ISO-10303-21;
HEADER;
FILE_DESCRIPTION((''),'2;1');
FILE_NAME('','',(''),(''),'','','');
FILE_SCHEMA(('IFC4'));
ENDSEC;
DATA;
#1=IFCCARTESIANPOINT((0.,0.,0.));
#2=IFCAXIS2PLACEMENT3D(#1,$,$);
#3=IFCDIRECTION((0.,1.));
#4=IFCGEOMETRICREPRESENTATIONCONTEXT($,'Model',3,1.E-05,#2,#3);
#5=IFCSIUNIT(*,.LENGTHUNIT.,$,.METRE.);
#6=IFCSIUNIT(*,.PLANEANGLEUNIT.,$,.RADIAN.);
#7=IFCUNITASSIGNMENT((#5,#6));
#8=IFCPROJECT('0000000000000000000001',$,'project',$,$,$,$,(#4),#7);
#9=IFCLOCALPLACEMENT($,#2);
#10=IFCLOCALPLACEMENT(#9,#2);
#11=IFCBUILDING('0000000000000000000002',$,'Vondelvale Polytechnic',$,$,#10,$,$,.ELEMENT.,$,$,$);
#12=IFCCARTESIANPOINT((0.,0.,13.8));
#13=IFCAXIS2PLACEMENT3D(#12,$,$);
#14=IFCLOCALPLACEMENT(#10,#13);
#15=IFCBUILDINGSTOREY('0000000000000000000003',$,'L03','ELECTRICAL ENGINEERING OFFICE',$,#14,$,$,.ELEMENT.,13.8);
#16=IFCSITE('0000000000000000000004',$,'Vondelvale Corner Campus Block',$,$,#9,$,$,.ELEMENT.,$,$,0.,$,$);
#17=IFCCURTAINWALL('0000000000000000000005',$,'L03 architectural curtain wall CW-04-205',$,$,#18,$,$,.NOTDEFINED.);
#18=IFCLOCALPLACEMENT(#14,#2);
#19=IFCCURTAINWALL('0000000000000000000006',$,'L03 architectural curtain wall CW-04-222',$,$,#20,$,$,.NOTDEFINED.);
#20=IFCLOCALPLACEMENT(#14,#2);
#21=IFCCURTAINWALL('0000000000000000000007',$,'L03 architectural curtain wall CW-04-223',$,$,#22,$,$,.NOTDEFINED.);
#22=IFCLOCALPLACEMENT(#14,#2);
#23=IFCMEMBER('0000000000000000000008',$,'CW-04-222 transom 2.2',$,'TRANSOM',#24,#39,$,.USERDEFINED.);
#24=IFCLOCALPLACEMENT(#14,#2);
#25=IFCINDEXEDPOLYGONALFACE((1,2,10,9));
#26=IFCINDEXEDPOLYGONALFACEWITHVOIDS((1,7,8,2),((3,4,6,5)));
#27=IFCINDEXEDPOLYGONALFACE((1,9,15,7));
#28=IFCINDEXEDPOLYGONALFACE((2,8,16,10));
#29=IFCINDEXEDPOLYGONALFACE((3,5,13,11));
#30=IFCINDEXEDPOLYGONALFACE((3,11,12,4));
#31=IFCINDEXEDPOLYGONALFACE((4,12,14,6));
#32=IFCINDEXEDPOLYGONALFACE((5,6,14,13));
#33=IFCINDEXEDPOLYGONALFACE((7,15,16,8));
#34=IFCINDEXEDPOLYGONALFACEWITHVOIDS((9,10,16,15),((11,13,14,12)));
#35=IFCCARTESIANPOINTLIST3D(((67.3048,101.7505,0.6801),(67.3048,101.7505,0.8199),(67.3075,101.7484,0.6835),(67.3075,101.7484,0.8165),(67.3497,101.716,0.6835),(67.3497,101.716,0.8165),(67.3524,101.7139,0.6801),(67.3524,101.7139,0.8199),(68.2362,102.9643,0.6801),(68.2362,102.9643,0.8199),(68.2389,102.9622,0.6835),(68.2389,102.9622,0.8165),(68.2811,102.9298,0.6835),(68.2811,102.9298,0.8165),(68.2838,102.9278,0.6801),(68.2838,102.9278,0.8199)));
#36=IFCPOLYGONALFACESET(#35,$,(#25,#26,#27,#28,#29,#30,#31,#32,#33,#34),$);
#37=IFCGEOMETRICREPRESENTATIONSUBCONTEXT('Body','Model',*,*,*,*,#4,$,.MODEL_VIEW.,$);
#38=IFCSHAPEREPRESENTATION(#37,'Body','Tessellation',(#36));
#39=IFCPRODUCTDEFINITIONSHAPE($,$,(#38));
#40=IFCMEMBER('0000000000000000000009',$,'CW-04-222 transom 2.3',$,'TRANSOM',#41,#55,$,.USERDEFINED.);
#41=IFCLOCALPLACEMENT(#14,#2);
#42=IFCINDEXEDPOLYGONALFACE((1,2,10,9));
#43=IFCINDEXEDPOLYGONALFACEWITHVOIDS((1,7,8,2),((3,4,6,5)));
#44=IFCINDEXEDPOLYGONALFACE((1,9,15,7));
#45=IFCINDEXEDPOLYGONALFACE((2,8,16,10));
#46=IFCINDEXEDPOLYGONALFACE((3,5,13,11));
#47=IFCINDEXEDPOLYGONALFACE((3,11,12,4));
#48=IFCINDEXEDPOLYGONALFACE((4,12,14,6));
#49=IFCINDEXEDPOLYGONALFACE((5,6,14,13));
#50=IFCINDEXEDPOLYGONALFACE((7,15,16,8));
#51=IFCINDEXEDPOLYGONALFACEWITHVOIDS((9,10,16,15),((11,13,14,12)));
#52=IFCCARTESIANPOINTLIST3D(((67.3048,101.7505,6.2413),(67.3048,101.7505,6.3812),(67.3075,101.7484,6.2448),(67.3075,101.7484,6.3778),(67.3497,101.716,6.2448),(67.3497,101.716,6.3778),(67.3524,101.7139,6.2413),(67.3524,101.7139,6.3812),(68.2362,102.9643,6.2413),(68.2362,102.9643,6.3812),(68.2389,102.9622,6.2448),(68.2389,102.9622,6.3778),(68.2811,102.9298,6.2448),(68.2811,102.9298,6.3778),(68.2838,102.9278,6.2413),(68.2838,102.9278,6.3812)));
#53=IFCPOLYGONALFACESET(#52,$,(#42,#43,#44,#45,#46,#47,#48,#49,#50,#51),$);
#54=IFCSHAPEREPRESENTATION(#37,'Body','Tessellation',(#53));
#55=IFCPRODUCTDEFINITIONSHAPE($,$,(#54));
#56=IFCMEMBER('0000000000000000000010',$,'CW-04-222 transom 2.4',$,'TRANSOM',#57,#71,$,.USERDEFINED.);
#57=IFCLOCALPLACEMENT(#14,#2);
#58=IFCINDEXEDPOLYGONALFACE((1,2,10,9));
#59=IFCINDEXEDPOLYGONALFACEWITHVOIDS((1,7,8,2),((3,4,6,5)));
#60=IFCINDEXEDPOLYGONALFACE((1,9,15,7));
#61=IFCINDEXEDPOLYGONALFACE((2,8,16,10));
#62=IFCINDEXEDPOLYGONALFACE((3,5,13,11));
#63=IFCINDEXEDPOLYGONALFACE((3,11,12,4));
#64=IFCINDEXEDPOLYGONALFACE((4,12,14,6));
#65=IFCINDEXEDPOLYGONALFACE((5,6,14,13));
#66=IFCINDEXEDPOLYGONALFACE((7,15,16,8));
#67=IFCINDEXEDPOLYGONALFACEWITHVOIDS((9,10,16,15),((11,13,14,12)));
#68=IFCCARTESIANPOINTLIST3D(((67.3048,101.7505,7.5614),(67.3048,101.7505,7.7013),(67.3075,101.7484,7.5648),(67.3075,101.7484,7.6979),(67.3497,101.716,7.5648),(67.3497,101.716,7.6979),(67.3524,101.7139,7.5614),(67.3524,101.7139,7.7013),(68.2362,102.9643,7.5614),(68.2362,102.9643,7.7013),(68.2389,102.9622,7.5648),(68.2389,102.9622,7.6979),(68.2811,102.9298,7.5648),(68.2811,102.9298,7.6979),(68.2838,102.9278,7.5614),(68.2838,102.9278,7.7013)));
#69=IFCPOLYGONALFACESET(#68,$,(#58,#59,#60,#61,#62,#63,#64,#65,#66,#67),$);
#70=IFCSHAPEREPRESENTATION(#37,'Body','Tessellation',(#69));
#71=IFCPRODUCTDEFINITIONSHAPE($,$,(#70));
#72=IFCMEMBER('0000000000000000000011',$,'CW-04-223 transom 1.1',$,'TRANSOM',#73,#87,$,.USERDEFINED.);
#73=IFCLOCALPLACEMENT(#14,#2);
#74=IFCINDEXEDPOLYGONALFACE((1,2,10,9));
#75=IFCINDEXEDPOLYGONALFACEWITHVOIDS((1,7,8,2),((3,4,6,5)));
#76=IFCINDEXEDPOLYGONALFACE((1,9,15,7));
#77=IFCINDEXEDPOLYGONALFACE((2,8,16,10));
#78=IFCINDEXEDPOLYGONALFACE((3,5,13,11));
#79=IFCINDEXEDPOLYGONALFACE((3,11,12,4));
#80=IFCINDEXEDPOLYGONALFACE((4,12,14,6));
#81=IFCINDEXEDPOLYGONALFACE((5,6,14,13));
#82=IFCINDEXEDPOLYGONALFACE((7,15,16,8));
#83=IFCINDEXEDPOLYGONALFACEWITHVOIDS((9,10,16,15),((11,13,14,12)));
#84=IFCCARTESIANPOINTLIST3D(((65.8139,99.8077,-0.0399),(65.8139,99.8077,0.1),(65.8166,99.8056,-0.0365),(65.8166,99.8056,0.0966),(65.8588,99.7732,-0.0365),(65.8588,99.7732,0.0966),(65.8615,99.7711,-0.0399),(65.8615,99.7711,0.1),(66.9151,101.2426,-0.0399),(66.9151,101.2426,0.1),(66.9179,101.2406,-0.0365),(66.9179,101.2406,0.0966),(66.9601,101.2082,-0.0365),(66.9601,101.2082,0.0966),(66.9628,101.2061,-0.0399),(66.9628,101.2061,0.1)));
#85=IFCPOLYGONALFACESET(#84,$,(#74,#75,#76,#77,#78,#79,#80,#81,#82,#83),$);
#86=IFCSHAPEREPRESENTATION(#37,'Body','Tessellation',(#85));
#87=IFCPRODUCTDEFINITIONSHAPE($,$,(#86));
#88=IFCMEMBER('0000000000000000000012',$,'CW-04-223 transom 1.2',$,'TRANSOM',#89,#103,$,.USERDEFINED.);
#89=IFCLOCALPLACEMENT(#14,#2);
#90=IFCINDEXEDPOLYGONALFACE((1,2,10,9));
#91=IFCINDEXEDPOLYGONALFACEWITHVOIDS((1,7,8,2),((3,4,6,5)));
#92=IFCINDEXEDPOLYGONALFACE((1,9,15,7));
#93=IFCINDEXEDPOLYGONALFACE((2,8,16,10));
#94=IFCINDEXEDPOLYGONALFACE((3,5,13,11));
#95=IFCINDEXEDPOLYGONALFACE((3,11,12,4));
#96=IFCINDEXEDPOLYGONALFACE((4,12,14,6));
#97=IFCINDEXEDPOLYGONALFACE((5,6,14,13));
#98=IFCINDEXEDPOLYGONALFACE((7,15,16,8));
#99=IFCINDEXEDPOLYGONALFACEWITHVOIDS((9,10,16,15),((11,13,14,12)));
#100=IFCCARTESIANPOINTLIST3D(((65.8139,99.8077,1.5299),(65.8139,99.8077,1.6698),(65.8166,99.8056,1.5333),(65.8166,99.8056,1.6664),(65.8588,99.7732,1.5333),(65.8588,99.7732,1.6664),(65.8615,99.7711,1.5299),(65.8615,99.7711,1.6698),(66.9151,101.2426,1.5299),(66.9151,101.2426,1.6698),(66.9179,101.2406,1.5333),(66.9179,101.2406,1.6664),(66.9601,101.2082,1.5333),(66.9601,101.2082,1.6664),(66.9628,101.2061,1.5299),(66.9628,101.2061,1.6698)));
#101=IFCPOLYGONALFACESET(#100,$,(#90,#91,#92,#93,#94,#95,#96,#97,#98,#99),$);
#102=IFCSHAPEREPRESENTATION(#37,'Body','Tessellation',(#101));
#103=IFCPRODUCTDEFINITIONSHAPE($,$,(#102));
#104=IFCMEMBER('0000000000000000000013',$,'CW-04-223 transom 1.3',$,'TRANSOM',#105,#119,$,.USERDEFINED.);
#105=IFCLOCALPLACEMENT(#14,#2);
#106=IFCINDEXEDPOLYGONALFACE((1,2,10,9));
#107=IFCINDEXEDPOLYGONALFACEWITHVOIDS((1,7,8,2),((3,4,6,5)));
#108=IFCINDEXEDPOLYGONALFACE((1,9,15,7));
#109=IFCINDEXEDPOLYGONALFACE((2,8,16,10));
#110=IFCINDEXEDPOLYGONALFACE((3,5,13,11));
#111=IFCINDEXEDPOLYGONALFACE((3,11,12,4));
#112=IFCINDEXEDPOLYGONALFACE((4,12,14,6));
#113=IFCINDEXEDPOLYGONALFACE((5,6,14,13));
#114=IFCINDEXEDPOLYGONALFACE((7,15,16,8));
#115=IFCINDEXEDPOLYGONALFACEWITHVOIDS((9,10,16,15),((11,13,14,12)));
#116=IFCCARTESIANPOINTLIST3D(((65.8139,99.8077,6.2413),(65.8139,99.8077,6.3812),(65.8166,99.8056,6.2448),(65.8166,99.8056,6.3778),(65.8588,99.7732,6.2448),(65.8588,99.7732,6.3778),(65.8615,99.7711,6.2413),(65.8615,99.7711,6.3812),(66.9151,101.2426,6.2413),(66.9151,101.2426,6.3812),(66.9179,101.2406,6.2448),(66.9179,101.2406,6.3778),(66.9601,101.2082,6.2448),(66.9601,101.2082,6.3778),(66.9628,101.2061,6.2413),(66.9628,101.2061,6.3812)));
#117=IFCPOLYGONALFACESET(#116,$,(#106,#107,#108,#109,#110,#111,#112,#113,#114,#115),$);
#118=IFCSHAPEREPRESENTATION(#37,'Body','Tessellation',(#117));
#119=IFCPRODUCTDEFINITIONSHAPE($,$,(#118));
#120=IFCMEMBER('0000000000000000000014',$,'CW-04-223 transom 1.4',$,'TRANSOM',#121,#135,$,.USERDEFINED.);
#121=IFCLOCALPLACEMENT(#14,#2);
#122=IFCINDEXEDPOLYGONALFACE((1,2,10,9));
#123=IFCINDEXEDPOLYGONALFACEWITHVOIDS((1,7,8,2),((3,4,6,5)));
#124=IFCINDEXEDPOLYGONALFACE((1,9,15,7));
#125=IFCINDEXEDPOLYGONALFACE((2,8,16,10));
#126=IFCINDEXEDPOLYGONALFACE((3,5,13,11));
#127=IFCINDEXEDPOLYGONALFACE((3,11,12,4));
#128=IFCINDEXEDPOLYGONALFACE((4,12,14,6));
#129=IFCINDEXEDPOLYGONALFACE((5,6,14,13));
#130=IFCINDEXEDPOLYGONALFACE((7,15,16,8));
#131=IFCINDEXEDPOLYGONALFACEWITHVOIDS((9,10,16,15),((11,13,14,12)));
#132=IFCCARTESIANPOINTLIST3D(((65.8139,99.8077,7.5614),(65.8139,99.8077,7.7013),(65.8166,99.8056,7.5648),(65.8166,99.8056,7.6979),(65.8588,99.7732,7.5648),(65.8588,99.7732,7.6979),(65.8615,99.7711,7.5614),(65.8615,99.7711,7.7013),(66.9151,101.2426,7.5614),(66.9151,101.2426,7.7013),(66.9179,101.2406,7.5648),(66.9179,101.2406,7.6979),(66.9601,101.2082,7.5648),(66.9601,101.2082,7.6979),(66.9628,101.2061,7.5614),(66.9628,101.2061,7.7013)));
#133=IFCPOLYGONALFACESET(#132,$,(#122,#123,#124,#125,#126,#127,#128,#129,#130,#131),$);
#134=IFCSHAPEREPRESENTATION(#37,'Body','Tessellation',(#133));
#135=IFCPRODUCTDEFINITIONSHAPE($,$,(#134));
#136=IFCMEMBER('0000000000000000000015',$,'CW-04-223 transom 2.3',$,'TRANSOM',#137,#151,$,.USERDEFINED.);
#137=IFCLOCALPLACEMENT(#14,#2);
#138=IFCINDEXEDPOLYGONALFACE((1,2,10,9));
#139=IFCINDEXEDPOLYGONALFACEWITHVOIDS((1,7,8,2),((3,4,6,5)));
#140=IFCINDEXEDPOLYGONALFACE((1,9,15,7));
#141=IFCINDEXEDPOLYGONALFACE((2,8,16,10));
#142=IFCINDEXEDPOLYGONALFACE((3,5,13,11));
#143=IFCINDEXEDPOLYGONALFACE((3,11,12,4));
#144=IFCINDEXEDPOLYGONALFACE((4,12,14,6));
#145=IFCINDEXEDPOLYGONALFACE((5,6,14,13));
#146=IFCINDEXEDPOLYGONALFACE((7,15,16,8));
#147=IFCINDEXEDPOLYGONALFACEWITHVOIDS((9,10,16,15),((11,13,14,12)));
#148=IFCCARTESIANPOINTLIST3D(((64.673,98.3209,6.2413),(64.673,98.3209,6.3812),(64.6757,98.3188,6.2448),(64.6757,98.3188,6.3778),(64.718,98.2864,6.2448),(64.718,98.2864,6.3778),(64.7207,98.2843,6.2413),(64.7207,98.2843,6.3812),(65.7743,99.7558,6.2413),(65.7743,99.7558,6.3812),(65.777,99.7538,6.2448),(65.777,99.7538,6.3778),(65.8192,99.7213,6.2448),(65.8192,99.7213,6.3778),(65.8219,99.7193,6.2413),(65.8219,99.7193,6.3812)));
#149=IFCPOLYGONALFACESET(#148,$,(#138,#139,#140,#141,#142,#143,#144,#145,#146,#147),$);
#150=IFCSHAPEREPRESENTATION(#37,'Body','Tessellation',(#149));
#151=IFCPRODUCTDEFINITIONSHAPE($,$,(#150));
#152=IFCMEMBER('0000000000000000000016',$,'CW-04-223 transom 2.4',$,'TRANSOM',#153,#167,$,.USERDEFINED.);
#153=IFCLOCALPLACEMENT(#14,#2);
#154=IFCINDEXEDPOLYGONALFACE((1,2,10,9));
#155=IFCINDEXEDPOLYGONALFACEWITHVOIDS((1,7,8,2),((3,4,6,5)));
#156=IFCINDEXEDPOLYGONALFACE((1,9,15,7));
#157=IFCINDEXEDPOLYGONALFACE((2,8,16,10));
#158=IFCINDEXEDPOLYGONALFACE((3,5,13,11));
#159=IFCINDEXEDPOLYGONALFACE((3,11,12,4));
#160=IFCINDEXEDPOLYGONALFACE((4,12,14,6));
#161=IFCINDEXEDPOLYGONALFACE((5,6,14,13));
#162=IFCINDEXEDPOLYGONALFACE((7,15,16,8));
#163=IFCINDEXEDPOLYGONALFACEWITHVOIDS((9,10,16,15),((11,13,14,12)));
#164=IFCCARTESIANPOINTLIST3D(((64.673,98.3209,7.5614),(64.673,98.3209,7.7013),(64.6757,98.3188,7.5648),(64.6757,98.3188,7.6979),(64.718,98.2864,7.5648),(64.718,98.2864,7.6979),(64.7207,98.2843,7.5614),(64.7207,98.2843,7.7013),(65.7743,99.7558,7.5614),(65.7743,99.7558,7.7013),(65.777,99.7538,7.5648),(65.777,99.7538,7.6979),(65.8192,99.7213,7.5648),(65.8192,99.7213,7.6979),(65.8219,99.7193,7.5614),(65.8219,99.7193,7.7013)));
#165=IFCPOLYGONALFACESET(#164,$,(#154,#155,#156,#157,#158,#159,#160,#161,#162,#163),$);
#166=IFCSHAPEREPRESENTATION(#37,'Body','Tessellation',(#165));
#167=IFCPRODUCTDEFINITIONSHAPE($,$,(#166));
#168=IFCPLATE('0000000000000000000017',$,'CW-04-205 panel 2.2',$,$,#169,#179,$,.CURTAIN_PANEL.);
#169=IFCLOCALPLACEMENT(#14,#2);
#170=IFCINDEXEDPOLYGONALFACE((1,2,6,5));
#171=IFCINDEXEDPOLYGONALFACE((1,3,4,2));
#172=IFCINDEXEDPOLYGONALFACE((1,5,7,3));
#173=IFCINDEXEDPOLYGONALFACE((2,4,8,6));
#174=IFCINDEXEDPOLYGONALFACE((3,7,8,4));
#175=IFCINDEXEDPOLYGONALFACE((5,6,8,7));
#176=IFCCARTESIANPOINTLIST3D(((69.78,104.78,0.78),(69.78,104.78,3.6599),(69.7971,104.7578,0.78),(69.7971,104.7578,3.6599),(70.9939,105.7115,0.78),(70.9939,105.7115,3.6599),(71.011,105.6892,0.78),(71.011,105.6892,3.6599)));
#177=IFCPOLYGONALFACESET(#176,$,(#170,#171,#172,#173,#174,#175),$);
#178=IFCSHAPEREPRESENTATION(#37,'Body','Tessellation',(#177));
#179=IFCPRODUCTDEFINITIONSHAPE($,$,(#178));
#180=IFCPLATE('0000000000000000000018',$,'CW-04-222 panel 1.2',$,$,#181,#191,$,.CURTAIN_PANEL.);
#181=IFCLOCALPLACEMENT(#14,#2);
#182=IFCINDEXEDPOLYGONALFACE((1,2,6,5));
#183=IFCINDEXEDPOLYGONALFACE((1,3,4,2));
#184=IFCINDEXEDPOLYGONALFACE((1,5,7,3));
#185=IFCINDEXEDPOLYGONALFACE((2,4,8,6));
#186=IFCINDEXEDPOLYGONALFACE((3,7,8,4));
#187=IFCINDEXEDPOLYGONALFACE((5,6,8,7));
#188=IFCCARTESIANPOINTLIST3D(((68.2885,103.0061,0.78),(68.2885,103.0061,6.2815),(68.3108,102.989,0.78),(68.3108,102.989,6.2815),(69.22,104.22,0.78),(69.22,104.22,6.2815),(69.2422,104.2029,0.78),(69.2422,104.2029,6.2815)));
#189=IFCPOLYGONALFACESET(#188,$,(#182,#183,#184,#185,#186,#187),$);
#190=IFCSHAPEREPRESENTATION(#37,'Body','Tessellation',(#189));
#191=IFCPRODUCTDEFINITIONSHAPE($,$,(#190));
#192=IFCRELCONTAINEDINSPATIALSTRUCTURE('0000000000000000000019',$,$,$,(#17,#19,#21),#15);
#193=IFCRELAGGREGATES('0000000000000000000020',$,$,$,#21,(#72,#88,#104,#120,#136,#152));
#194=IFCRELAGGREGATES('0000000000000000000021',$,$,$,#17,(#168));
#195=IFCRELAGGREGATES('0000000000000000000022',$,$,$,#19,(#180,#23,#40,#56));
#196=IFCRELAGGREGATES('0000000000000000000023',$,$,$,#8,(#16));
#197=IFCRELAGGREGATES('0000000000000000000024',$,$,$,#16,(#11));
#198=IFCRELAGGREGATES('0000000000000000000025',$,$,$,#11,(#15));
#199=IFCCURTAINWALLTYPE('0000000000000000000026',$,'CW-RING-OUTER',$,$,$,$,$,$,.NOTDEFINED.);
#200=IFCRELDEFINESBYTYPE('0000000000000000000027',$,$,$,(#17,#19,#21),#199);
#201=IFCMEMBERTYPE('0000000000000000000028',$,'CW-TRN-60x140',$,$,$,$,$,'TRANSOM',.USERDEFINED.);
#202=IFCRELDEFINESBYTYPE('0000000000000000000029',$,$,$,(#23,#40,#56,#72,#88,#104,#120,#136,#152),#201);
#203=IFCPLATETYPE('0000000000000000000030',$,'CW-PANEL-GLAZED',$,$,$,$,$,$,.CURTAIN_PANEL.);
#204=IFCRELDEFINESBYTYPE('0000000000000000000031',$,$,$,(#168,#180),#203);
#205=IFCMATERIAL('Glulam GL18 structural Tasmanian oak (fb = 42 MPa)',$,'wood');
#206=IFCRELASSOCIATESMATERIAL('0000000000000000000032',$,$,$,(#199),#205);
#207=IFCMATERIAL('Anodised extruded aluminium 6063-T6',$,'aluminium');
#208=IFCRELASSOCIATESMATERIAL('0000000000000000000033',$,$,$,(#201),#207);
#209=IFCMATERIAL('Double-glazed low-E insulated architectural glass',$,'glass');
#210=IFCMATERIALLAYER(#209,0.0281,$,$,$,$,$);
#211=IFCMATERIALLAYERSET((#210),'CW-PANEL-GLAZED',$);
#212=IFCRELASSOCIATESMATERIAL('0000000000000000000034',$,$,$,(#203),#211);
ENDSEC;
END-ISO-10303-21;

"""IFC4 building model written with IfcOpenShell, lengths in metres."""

from ifc_helpers import new_model, si_unit, direction, frame, origin, origin_2d, place, context, subcontext, project, spatial, rectangle, hollow_rectangle, extrude, material, layer, layer_set, material_profile, profile_set, type_object, element, aggregate, save


model = new_model("IFC4")

# Units and contexts
model_context = context("Model", 3, precision=1e-05, world=origin(), true_north=direction((0.0, 1.0)))
body_context = subcontext(model_context, "Body", "Model", "MODEL_VIEW")
ifc_project = project(units=[si_unit("LENGTHUNIT", "METRE"), si_unit("PLANEANGLEUNIT", "RADIAN")], contexts=[model_context])

# Site, building, storey
site_placement = place(None, origin())
site = spatial("IfcSite", under=ifc_project, at=site_placement, Name="Vondelvale Corner Campus Block", CompositionType="ELEMENT", RefElevation=0.0)
building_placement = place(site_placement, origin())
building = spatial("IfcBuilding", under=site, at=building_placement, Name="Vondelvale Polytechnic", CompositionType="ELEMENT")
storey_placement = place(building_placement, frame((0.0, 0.0, 13.8)))
storey = spatial("IfcBuildingStorey", under=building, at=storey_placement, Name="L03", Description="ELECTRICAL ENGINEERING OFFICE", CompositionType="ELEMENT", Elevation=13.8)

# Shared definitions
ifc_material_1 = material(Name="Glulam GL18 structural Tasmanian oak (fb = 42 MPa)", Category="wood")

# Curtain wall
curtain_wall_type = type_object("IfcCurtainWallType", Name="CW-RING-OUTER", PredefinedType="NOTDEFINED", material=ifc_material_1)
curtain_wall_1_placement = place(storey_placement, origin())
curtain_wall_1 = element("IfcCurtainWall", 1, at=curtain_wall_1_placement, inside=storey, type_object=curtain_wall_type, Name="L03 architectural curtain wall CW-04-205", PredefinedType="NOTDEFINED")
ifc_material_2 = material(Name="Anodised extruded aluminium 6063-T6", Category="aluminium")

# Curtain walls
curtain_wall_2_placement = place(storey_placement, origin())
curtain_wall_2 = element("IfcCurtainWall", 2, at=curtain_wall_2_placement, inside=storey, type_object=curtain_wall_type, Name="L03 architectural curtain wall CW-04-222", PredefinedType="NOTDEFINED")
curtain_wall_3_placement = place(storey_placement, origin())
curtain_wall_3 = element("IfcCurtainWall", 3, at=curtain_wall_3_placement, inside=storey, type_object=curtain_wall_type, Name="L03 architectural curtain wall CW-04-223", PredefinedType="NOTDEFINED")

# Members
ifc_material_profile_1 = material_profile(ifc_material_2, hollow_rectangle(XDim=0.0601, YDim=0.1399, WallThickness=0.0034, at=origin_2d()), Name="CW-TRN-140x60")
ifc_profile_set_1 = profile_set([ifc_material_profile_1], Name="Anodised extruded aluminium 6063-T6")
member_type_1 = type_object("IfcMemberType", Name="CW-TRN-60x140", ElementType="TRANSOM", PredefinedType="USERDEFINED", material=ifc_profile_set_1)
member_1_placement = place(storey_placement, frame((68.26, 102.946, 0.75), z_axis=(-0.608746, -0.793365, 0.0), x_axis=(0.793365, -0.608746, 0.0)))
member_1 = element("IfcMember", 4, at=member_1_placement, type_object=member_type_1, Name="CW-04-222 transom 2.2", ObjectType="TRANSOM", PredefinedType="USERDEFINED", context=body_context, shape_type="SweptSolid", body=[
    extrude(hollow_rectangle(XDim=0.0601, YDim=0.1399, WallThickness=0.0034, at=origin_2d()), origin(), (0.0, 0.0, 1.0), 1.53),
])
member_2_placement = place(storey_placement, frame((68.26, 102.946, 6.3113), z_axis=(-0.608746, -0.793365, 0.0), x_axis=(0.793365, -0.608746, 0.0)))
member_2 = element("IfcMember", 5, at=member_2_placement, type_object=member_type_1, Name="CW-04-222 transom 2.3", ObjectType="TRANSOM", PredefinedType="USERDEFINED", context=body_context, shape_type="SweptSolid", body=[
    extrude(hollow_rectangle(XDim=0.0601, YDim=0.1399, WallThickness=0.0034, at=origin_2d()), origin(), (0.0, 0.0, 1.0), 1.53),
])
member_3_placement = place(storey_placement, frame((68.26, 102.946, 7.6313), z_axis=(-0.608746, -0.793365, 0.0), x_axis=(0.793365, -0.608746, 0.0)))
member_3 = element("IfcMember", 6, at=member_3_placement, type_object=member_type_1, Name="CW-04-222 transom 2.4", ObjectType="TRANSOM", PredefinedType="USERDEFINED", context=body_context, shape_type="SweptSolid", body=[
    extrude(hollow_rectangle(XDim=0.0601, YDim=0.1399, WallThickness=0.0034, at=origin_2d()), origin(), (0.0, 0.0, 1.0), 1.53),
])
member_4_placement = place(storey_placement, frame((66.939, 101.2244, 0.03), z_axis=(-0.608817, -0.793311, 0.0), x_axis=(0.793311, -0.608817, 0.0)))
member_4 = element("IfcMember", 7, at=member_4_placement, type_object=member_type_1, Name="CW-04-223 transom 1.1", ObjectType="TRANSOM", PredefinedType="USERDEFINED", context=body_context, shape_type="SweptSolid", body=[
    extrude(hollow_rectangle(XDim=0.0601, YDim=0.1399, WallThickness=0.0034, at=origin_2d()), origin(), (0.0, 0.0, 1.0), 1.8088),
])
member_5_placement = place(storey_placement, frame((66.939, 101.2244, 1.5999), z_axis=(-0.608817, -0.793311, 0.0), x_axis=(0.793311, -0.608817, 0.0)))
member_5 = element("IfcMember", 8, at=member_5_placement, type_object=member_type_1, Name="CW-04-223 transom 1.2", ObjectType="TRANSOM", PredefinedType="USERDEFINED", context=body_context, shape_type="SweptSolid", body=[
    extrude(hollow_rectangle(XDim=0.0601, YDim=0.1399, WallThickness=0.0034, at=origin_2d()), origin(), (0.0, 0.0, 1.0), 1.8088),
])
member_6_placement = place(storey_placement, frame((66.939, 101.2244, 6.3113), z_axis=(-0.608817, -0.793311, 0.0), x_axis=(0.793311, -0.608817, 0.0)))
member_6 = element("IfcMember", 9, at=member_6_placement, type_object=member_type_1, Name="CW-04-223 transom 1.3", ObjectType="TRANSOM", PredefinedType="USERDEFINED", context=body_context, shape_type="SweptSolid", body=[
    extrude(hollow_rectangle(XDim=0.0601, YDim=0.1399, WallThickness=0.0034, at=origin_2d()), origin(), (0.0, 0.0, 1.0), 1.8088),
])
member_7_placement = place(storey_placement, frame((66.939, 101.2244, 7.6313), z_axis=(-0.608817, -0.793311, 0.0), x_axis=(0.793311, -0.608817, 0.0)))
member_7 = element("IfcMember", 10, at=member_7_placement, type_object=member_type_1, Name="CW-04-223 transom 1.4", ObjectType="TRANSOM", PredefinedType="USERDEFINED", context=body_context, shape_type="SweptSolid", body=[
    extrude(hollow_rectangle(XDim=0.0601, YDim=0.1399, WallThickness=0.0034, at=origin_2d()), origin(), (0.0, 0.0, 1.0), 1.8088),
])
member_8_placement = place(storey_placement, frame((65.7981, 99.7375, 6.3113), z_axis=(-0.608817, -0.793311, 0.0), x_axis=(0.793311, -0.608817, 0.0)))
member_8 = element("IfcMember", 11, at=member_8_placement, type_object=member_type_1, Name="CW-04-223 transom 2.3", ObjectType="TRANSOM", PredefinedType="USERDEFINED", context=body_context, shape_type="SweptSolid", body=[
    extrude(hollow_rectangle(XDim=0.0601, YDim=0.1399, WallThickness=0.0034, at=origin_2d()), origin(), (0.0, 0.0, 1.0), 1.8088),
])
member_9_placement = place(storey_placement, frame((65.7981, 99.7375, 7.6313), z_axis=(-0.608817, -0.793311, 0.0), x_axis=(0.793311, -0.608817, 0.0)))
member_9 = element("IfcMember", 12, at=member_9_placement, type_object=member_type_1, Name="CW-04-223 transom 2.4", ObjectType="TRANSOM", PredefinedType="USERDEFINED", context=body_context, shape_type="SweptSolid", body=[
    extrude(hollow_rectangle(XDim=0.0601, YDim=0.1399, WallThickness=0.0034, at=origin_2d()), origin(), (0.0, 0.0, 1.0), 1.8088),
])

# Plates
ifc_material_3 = material(Name="Double-glazed low-E insulated architectural glass", Category="glass")
ifc_layer_1 = layer(ifc_material_3, 0.0281)
ifc_layer_set_1 = layer_set([ifc_layer_1], Name="CW-PANEL-GLAZED")
plate_type_1 = type_object("IfcPlateType", Name="CW-PANEL-GLAZED", PredefinedType="CURTAIN_PANEL", material=ifc_layer_set_1)
plate_1_placement = place(storey_placement, frame((70.3955, 105.2346, 0.78), z_axis=(0.0, 0.0, 1.0), x_axis=(-0.793334, -0.608787, 0.0)))
plate_1 = element("IfcPlate", 13, at=plate_1_placement, type_object=plate_type_1, Name="CW-04-205 panel 2.2", PredefinedType="CURTAIN_PANEL", context=body_context, shape_type="SweptSolid", body=[
    extrude(rectangle(XDim=1.53, YDim=0.0281, at=origin_2d()), origin(), (0.0, 0.0, 1.0), 2.8799),
])
plate_2_placement = place(storey_placement, frame((68.7654, 103.6045, 0.78), z_axis=(0.0, 0.0, 1.0), x_axis=(-0.608787, -0.793334, 0.0)))
plate_2 = element("IfcPlate", 14, at=plate_2_placement, type_object=plate_type_1, Name="CW-04-222 panel 1.2", PredefinedType="CURTAIN_PANEL", context=body_context, shape_type="SweptSolid", body=[
    extrude(rectangle(XDim=1.53, YDim=0.0281, at=origin_2d()), origin(), (0.0, 0.0, 1.0), 5.5015),
])
aggregate(curtain_wall_3, [member_4, member_5, member_6, member_7, member_8, member_9])
aggregate(curtain_wall_1, [plate_1])
aggregate(curtain_wall_2, [plate_2, member_1, member_2, member_3])

save(model, "model.ifc")
